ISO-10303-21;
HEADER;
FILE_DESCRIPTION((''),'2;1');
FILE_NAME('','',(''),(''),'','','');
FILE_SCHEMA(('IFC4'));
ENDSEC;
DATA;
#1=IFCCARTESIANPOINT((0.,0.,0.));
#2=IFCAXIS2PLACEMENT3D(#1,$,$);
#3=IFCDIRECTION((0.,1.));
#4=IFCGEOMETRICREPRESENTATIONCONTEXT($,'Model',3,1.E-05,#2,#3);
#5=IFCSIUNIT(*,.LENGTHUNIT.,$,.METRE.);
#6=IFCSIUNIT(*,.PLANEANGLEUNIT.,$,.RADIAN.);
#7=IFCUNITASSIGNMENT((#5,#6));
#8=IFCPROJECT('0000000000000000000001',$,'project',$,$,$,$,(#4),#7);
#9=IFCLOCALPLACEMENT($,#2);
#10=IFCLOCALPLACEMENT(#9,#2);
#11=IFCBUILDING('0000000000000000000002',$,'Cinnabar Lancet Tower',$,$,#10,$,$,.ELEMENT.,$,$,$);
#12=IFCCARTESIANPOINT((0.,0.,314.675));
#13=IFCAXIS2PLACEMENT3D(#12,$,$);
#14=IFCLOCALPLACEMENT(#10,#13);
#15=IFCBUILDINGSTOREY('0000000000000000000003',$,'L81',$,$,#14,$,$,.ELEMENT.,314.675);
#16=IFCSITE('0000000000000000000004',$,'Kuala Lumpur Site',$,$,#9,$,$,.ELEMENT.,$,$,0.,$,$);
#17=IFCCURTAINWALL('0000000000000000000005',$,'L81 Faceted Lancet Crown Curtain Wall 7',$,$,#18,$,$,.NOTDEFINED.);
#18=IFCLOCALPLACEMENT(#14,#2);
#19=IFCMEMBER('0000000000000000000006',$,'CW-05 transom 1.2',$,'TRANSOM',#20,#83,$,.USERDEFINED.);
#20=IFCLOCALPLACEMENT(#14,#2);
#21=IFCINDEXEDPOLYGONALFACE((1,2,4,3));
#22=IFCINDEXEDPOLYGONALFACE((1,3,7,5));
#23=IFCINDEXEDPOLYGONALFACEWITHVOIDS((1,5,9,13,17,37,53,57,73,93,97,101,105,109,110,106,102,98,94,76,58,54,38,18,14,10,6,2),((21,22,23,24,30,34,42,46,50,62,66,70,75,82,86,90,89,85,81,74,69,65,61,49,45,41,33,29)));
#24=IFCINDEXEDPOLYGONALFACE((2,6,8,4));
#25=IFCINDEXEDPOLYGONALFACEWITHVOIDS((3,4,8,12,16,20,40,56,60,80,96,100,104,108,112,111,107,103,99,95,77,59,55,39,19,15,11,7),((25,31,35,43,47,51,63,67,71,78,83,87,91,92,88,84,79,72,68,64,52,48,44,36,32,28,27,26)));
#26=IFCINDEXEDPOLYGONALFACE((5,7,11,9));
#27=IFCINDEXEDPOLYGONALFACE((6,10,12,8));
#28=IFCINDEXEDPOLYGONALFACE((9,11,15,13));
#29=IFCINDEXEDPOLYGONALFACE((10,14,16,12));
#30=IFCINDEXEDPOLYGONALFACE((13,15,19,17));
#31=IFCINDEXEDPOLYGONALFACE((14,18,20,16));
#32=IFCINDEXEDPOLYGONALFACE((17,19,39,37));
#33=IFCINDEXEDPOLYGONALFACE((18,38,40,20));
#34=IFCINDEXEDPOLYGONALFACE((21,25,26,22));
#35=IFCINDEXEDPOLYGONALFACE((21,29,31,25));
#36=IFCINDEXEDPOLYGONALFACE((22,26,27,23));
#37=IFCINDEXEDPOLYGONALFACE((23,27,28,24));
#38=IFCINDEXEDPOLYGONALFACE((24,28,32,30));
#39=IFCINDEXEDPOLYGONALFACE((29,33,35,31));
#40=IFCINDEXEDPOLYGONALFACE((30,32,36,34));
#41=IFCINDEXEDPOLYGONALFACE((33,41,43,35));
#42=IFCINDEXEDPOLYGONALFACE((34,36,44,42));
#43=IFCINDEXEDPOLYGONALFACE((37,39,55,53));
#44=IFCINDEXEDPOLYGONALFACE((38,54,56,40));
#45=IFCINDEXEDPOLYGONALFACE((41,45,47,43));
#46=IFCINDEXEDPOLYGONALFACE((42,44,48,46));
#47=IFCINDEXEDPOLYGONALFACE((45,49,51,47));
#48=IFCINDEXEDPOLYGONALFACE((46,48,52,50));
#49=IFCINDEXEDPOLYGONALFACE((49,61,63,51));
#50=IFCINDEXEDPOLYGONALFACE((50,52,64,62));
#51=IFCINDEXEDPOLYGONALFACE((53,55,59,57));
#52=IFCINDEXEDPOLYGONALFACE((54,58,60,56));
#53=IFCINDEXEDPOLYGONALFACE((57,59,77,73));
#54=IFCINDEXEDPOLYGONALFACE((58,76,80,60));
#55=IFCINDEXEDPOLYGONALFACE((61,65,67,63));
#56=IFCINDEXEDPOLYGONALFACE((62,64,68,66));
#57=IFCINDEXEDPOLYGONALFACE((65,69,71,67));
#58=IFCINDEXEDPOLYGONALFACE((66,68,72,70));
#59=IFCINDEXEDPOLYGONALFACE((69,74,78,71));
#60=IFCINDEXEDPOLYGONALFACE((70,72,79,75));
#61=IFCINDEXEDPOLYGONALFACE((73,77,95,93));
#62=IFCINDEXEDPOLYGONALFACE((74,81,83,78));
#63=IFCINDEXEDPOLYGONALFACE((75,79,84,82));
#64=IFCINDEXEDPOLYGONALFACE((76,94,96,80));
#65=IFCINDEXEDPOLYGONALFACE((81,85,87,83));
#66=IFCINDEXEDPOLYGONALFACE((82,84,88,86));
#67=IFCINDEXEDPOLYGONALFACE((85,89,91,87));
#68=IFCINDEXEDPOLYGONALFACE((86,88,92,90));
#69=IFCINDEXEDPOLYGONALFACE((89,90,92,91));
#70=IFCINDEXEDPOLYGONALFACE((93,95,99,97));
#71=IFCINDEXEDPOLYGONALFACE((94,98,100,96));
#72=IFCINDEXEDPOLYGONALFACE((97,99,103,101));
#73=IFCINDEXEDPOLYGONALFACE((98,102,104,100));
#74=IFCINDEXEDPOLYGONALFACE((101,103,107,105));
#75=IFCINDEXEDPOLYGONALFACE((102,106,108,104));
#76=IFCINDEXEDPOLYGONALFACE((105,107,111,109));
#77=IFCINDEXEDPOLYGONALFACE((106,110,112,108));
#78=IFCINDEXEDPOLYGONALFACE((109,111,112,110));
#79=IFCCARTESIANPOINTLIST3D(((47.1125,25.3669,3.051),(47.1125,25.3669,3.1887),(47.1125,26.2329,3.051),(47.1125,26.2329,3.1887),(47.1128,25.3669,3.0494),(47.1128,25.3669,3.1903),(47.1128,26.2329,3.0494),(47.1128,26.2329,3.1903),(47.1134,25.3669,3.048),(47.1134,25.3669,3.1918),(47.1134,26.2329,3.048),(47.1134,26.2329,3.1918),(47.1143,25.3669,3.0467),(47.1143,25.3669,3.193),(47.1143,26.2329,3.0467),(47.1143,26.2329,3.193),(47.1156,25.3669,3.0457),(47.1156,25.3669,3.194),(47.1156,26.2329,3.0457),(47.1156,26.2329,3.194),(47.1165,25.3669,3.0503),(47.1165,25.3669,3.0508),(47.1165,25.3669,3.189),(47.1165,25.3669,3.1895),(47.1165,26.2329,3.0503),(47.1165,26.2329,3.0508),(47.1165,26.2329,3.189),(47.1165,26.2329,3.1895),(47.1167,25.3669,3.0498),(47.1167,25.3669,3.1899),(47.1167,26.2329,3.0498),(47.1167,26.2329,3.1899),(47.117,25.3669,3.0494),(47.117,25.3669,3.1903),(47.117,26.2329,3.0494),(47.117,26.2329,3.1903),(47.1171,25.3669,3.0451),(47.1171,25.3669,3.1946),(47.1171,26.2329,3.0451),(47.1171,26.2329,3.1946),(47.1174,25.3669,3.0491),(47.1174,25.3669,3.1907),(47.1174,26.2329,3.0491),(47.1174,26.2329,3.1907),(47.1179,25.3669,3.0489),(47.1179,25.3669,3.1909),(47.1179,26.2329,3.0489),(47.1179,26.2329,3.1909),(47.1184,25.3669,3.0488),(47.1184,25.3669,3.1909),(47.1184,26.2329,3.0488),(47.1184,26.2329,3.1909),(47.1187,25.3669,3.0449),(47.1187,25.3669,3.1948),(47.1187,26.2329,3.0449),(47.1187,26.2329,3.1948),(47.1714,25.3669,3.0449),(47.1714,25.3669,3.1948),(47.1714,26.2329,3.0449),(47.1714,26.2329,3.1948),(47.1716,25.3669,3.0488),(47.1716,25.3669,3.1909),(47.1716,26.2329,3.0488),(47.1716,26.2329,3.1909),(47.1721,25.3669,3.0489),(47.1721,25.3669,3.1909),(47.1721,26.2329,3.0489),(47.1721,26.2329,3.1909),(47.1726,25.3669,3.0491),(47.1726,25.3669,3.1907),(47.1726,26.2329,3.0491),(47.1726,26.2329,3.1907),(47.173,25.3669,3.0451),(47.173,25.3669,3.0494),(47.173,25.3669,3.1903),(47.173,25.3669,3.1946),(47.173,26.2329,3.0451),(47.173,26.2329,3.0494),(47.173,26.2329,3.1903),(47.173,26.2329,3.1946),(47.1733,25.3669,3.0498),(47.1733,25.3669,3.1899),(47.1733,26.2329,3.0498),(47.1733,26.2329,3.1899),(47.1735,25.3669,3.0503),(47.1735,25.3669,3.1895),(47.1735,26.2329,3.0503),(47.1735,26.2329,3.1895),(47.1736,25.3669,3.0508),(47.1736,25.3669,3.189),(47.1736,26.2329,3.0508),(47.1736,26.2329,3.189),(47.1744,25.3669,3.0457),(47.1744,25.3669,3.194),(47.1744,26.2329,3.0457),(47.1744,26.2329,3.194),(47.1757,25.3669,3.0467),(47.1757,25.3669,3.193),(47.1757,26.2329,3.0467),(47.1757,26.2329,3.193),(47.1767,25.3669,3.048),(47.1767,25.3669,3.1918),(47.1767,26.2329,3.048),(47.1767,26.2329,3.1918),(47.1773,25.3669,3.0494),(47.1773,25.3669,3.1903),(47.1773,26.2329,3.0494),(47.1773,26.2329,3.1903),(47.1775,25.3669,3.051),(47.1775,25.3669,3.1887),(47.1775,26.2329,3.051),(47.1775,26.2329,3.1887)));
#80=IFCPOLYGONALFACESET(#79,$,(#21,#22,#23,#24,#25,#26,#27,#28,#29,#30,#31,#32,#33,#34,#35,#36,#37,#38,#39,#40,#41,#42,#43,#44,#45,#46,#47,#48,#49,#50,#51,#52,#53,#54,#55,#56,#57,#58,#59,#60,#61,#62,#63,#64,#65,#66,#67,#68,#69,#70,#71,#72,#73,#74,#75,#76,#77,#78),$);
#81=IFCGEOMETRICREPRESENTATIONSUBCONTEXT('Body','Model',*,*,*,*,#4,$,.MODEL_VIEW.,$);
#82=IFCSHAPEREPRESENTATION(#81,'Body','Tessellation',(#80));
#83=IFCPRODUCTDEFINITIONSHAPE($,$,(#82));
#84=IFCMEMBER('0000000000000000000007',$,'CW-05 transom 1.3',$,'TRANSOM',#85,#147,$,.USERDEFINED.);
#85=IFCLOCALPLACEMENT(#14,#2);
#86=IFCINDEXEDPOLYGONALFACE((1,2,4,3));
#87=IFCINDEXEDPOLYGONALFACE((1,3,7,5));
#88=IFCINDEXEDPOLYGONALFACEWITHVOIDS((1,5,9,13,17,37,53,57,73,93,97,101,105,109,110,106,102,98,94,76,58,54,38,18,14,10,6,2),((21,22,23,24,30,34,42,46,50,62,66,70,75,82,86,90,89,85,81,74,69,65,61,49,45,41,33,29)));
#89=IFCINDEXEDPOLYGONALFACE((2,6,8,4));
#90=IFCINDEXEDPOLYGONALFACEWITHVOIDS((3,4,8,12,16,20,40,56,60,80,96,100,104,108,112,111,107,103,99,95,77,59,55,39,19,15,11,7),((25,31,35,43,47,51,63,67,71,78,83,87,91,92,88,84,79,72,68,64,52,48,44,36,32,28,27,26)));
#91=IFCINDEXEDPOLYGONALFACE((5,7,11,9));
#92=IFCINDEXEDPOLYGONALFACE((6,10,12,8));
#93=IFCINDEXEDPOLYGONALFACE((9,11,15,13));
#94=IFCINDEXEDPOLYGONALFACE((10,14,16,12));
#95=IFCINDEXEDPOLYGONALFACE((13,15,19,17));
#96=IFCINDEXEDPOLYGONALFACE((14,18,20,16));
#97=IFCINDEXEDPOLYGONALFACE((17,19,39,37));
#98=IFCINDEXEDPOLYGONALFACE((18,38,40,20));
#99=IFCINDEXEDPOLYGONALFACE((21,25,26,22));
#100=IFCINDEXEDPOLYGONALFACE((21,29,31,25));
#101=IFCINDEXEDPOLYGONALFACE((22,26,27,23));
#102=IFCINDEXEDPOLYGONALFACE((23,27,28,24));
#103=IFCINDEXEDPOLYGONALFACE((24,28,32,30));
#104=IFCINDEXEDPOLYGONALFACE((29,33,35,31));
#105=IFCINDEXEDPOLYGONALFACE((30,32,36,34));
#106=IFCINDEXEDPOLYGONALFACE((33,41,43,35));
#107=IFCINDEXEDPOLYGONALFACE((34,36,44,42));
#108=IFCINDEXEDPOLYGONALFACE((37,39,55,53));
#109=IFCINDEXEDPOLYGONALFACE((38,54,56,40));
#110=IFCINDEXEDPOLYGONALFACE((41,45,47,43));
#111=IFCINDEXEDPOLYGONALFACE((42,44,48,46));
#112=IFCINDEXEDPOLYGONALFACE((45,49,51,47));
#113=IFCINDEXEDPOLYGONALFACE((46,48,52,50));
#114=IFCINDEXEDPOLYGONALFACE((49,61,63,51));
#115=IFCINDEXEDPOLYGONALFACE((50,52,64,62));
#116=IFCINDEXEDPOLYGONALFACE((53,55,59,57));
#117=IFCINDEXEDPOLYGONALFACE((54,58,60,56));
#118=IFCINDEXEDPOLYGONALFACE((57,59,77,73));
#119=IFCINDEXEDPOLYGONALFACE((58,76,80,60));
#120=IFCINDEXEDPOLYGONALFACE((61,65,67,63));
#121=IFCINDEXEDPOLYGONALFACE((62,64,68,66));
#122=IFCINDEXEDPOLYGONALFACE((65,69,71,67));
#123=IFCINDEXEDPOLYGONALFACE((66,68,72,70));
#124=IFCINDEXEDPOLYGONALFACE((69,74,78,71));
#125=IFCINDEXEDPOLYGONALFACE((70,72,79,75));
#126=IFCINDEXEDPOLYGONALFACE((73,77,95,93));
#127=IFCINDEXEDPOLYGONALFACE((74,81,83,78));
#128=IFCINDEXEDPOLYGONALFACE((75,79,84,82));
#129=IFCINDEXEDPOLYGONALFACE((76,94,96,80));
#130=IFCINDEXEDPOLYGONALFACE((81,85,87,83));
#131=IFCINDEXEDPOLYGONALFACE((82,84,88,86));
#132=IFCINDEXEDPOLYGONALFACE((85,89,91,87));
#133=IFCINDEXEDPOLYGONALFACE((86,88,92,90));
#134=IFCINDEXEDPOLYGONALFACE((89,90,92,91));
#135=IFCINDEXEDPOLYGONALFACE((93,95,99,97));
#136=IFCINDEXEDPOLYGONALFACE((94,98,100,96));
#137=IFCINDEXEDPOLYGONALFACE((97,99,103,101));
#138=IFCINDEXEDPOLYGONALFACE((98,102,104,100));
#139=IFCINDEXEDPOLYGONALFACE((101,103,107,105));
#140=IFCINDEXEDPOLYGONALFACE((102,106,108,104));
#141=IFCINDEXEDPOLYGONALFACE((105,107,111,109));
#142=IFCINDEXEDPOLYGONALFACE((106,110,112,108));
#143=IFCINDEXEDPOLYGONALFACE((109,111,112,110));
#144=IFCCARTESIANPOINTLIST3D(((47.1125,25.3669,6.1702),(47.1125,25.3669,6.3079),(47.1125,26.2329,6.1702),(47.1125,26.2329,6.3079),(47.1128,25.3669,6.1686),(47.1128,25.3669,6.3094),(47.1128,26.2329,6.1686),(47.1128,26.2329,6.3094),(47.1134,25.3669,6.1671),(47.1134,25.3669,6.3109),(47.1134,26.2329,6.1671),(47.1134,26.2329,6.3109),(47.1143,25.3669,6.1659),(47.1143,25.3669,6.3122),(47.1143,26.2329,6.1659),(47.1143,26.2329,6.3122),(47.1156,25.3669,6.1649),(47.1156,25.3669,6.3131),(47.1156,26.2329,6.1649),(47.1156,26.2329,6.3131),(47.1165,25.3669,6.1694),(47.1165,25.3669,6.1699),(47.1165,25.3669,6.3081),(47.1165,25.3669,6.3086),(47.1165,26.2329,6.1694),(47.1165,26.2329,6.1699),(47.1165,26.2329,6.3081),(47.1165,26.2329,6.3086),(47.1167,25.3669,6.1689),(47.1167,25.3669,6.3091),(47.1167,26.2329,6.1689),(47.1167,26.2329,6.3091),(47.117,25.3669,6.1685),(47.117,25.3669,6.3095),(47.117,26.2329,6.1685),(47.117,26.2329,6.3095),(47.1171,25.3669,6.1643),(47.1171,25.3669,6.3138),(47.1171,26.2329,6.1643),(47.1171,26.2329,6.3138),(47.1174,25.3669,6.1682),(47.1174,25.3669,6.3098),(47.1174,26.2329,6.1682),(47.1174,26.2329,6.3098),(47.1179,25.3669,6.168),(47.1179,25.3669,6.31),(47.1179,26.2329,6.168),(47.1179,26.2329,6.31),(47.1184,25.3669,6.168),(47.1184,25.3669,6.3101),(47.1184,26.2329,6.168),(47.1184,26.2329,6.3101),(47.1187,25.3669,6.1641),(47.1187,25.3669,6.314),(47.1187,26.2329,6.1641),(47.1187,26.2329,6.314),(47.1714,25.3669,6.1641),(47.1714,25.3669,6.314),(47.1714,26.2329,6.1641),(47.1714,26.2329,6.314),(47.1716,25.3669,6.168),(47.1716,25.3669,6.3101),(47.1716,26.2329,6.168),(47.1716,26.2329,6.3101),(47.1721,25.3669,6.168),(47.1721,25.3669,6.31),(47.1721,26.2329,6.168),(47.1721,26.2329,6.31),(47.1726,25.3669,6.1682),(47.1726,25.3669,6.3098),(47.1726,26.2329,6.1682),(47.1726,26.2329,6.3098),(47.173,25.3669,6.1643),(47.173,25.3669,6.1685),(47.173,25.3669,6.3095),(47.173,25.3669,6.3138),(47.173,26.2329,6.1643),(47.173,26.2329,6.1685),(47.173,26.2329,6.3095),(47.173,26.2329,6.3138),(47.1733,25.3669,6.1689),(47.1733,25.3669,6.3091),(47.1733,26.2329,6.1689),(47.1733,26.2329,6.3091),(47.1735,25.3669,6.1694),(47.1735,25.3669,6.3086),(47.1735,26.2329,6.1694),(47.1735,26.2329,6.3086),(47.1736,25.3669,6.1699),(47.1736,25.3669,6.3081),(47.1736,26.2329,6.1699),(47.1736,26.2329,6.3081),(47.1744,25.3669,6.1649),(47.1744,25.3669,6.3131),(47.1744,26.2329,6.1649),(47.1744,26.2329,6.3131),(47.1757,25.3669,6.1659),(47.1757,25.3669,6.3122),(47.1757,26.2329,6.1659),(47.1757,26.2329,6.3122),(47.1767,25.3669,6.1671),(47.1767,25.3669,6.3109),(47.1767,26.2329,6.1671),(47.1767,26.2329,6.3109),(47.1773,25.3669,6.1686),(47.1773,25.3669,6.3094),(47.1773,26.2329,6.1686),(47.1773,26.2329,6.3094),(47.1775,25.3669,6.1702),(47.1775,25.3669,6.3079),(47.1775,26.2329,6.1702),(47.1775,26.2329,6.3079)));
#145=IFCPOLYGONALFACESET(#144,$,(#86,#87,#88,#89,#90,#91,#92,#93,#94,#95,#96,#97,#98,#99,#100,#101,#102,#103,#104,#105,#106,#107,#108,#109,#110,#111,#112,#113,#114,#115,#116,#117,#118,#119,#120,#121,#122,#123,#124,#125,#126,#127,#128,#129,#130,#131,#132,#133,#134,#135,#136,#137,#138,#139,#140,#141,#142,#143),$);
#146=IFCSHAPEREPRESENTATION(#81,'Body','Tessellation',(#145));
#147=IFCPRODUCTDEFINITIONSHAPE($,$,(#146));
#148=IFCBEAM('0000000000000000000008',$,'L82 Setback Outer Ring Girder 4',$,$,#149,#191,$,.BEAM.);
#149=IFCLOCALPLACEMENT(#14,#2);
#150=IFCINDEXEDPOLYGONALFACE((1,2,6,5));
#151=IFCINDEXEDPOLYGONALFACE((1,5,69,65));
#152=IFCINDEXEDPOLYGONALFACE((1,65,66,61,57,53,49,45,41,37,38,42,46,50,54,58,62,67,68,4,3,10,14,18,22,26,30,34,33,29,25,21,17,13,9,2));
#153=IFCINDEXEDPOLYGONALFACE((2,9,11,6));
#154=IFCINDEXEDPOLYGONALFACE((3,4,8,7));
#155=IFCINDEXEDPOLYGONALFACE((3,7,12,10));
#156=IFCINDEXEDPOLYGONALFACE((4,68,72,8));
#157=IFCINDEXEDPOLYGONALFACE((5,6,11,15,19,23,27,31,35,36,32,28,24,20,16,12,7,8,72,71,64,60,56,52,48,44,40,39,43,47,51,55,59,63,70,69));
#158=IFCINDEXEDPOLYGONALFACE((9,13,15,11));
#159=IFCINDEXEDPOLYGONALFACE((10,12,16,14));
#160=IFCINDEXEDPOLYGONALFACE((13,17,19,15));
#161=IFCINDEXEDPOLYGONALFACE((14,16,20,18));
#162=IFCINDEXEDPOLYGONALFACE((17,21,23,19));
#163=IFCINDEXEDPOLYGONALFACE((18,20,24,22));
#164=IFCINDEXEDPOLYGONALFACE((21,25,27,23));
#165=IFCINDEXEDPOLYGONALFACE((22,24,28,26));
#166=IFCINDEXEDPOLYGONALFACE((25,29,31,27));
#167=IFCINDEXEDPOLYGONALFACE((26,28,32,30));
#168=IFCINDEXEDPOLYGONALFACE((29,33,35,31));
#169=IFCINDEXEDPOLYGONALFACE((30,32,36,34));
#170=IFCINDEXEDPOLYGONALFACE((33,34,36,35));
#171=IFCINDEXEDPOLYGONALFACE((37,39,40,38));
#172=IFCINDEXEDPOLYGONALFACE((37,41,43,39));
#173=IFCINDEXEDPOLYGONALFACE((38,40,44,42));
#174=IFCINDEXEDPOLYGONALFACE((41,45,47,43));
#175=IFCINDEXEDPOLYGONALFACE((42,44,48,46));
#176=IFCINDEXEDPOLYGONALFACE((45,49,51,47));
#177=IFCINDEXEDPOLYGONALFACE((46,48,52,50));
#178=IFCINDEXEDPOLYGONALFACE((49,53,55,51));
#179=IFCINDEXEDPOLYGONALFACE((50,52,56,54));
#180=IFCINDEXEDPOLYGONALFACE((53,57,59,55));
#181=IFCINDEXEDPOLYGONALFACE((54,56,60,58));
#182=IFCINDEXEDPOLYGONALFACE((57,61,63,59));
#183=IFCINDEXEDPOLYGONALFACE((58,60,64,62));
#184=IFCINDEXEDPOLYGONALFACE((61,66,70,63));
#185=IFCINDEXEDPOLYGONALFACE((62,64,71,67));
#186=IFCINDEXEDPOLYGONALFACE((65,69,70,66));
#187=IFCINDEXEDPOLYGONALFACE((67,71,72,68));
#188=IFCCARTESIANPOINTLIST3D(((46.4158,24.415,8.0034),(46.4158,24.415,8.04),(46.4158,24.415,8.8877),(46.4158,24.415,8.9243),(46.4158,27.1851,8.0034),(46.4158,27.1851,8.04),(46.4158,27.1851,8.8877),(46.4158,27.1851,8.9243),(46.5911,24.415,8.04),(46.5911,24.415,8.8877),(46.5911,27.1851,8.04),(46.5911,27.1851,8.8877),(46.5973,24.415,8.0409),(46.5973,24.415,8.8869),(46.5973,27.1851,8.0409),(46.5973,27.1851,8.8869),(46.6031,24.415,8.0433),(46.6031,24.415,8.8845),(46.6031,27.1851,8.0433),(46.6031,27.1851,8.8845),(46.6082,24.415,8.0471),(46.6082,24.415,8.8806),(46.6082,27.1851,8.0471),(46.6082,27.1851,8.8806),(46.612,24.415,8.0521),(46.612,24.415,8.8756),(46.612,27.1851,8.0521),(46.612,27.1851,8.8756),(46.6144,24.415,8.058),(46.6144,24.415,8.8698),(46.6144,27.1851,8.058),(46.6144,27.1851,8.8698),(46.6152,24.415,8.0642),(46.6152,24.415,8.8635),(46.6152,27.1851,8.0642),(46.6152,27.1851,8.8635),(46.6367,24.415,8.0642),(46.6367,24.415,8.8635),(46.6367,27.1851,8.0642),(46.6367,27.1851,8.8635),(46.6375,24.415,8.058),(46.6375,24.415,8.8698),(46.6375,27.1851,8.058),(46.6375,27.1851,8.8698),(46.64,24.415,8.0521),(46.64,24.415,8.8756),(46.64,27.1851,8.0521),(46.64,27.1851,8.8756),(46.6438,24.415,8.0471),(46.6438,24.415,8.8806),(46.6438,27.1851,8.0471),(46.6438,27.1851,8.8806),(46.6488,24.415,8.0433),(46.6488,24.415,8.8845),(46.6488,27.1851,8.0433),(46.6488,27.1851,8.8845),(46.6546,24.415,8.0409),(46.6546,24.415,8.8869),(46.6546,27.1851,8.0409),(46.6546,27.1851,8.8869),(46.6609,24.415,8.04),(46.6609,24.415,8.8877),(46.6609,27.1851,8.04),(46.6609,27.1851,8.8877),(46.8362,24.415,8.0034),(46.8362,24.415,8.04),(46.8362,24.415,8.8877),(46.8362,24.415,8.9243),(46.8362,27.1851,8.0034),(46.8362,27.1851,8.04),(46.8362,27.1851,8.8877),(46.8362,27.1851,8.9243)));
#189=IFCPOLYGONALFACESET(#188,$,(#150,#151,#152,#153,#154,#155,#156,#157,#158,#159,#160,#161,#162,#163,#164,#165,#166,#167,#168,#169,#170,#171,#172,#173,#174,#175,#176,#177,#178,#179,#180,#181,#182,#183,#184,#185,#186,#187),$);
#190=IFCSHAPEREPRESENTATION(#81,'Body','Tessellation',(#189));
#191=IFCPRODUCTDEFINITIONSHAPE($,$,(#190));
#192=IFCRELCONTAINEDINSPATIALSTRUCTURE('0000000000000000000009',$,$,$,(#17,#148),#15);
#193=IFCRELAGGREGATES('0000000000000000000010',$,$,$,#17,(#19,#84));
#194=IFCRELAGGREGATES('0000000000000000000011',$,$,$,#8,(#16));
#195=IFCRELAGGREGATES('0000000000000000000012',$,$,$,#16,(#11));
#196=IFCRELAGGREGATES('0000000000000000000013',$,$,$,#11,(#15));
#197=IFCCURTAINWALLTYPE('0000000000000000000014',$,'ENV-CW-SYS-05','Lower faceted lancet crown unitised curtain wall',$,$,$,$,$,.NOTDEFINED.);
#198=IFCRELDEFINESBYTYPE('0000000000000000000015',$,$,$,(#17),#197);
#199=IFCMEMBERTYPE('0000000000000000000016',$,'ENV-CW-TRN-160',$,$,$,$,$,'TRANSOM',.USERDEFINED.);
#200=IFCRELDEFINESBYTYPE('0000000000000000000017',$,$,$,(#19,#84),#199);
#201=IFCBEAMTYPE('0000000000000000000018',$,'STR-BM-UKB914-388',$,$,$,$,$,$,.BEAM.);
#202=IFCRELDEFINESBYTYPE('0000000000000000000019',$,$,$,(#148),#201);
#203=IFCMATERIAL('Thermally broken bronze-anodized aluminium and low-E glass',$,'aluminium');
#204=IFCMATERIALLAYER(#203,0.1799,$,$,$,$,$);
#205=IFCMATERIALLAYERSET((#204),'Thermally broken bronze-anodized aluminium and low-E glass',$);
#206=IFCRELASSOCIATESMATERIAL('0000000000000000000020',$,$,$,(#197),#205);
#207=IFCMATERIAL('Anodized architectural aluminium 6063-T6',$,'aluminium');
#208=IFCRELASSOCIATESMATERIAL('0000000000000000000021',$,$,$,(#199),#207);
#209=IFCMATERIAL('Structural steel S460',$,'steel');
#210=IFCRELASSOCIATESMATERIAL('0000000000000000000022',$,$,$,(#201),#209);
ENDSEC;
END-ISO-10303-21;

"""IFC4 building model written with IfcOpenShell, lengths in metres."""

from ifc_helpers import new_model, si_unit, direction, frame, origin, origin_2d, place, context, subcontext, project, spatial, hollow_rectangle, i_section, extrude, material, layer, layer_set, material_profile, profile_set, type_object, element, aggregate, save


model = new_model("IFC4")

# Units and contexts
model_context = context("Model", 3, precision=1e-05, world=origin(), true_north=direction((0.0, 1.0)))
body_context = subcontext(model_context, "Body", "Model", "MODEL_VIEW")
ifc_project = project(units=[si_unit("LENGTHUNIT", "METRE"), si_unit("PLANEANGLEUNIT", "RADIAN")], contexts=[model_context])

# Site, building, storey
site_placement = place(None, origin())
site = spatial("IfcSite", under=ifc_project, at=site_placement, Name="Kuala Lumpur Site", CompositionType="ELEMENT", RefElevation=0.0)
building_placement = place(site_placement, origin())
building = spatial("IfcBuilding", under=site, at=building_placement, Name="Cinnabar Lancet Tower", CompositionType="ELEMENT")
storey_placement = place(building_placement, frame((0.0, 0.0, 314.675)))
storey = spatial("IfcBuildingStorey", under=building, at=storey_placement, Name="L81", CompositionType="ELEMENT", Elevation=314.675)

# Shared definitions
ifc_material_1 = material(Name="Thermally broken bronze-anodized aluminium and low-E glass", Category="aluminium")
ifc_layer_1 = layer(ifc_material_1, 0.1799)
ifc_layer_set_1 = layer_set([ifc_layer_1], Name="Thermally broken bronze-anodized aluminium and low-E glass")
curtain_wall_type = type_object("IfcCurtainWallType", Name="ENV-CW-SYS-05", Description="Lower faceted lancet crown unitised curtain wall", PredefinedType="NOTDEFINED", material=ifc_layer_set_1)

# Curtain wall
curtain_wall_1_placement = place(storey_placement, origin())
curtain_wall_1 = element("IfcCurtainWall", 1, at=curtain_wall_1_placement, inside=storey, type_object=curtain_wall_type, Name="L81 Faceted Lancet Crown Curtain Wall 7", PredefinedType="NOTDEFINED")

# Members
ifc_material_2 = material(Name="Anodized architectural aluminium 6063-T6", Category="aluminium")
ifc_material_profile_1 = material_profile(ifc_material_2, hollow_rectangle(XDim=0.0649, YDim=0.1499, WallThickness=0.0039, InnerFilletRadius=0.002, OuterFilletRadius=0.0061, at=origin_2d()), Name="CW-TRN 150x65x4")
ifc_profile_set_1 = profile_set([ifc_material_profile_1], Name="Anodized architectural aluminium 6063-T6")
member_type_1 = type_object("IfcMemberType", Name="ENV-CW-TRN-160", ElementType="TRANSOM", PredefinedType="USERDEFINED", material=ifc_profile_set_1)
member_1_placement = place(storey_placement, frame((47.145, 25.3669, 3.1199), z_axis=(0.0, 1.0, 0.0), x_axis=(-1.0, 0.0, 0.0)))
member_1 = element("IfcMember", 2, at=member_1_placement, type_object=member_type_1, Name="CW-05 transom 1.2", ObjectType="TRANSOM", PredefinedType="USERDEFINED", context=body_context, shape_type="SweptSolid", body=[
    extrude(hollow_rectangle(XDim=0.0649, YDim=0.1499, WallThickness=0.0039, InnerFilletRadius=0.002, OuterFilletRadius=0.0061, at=origin_2d()), origin(), (0.0, 0.0, 1.0), 0.866),
])
member_2_placement = place(storey_placement, frame((47.145, 25.3669, 6.239), z_axis=(0.0, 1.0, 0.0), x_axis=(-1.0, 0.0, 0.0)))
member_2 = element("IfcMember", 3, at=member_2_placement, type_object=member_type_1, Name="CW-05 transom 1.3", ObjectType="TRANSOM", PredefinedType="USERDEFINED", context=body_context, shape_type="SweptSolid", body=[
    extrude(hollow_rectangle(XDim=0.0649, YDim=0.1499, WallThickness=0.0039, InnerFilletRadius=0.002, OuterFilletRadius=0.0061, at=origin_2d()), origin(), (0.0, 0.0, 1.0), 0.866),
])
aggregate(curtain_wall_1, [member_1, member_2])

# Beam
ifc_material_3 = material(Name="Structural steel S460", Category="steel")
ifc_material_profile_2 = material_profile(ifc_material_3, i_section(OverallWidth=0.4204, OverallDepth=0.9209, WebThickness=0.0215, FlangeThickness=0.0366, FilletRadius=0.0242, at=origin_2d()), Name="UKB 914x419x388")
ifc_profile_set_2 = profile_set([ifc_material_profile_2], Name="Structural steel S460")
beam_type = type_object("IfcBeamType", Name="STR-BM-UKB914-388", PredefinedType="BEAM", material=ifc_profile_set_2)
beam_1_placement = place(storey_placement, frame((46.626, 24.415, 8.4639), z_axis=(0.0, 1.0, 0.0), x_axis=(-1.0, 0.0, 0.0)))
element("IfcBeam", 4, at=beam_1_placement, inside=storey, type_object=beam_type, Name="L82 Setback Outer Ring Girder 4", PredefinedType="BEAM", context=body_context, shape_type="SweptSolid", body=[
    extrude(i_section(OverallWidth=0.4204, OverallDepth=0.9209, WebThickness=0.0215, FlangeThickness=0.0366, FilletRadius=0.0242, at=origin_2d()), origin(), (0.0, 0.0, 1.0), 2.77),
])

save(model, "model.ifc")
